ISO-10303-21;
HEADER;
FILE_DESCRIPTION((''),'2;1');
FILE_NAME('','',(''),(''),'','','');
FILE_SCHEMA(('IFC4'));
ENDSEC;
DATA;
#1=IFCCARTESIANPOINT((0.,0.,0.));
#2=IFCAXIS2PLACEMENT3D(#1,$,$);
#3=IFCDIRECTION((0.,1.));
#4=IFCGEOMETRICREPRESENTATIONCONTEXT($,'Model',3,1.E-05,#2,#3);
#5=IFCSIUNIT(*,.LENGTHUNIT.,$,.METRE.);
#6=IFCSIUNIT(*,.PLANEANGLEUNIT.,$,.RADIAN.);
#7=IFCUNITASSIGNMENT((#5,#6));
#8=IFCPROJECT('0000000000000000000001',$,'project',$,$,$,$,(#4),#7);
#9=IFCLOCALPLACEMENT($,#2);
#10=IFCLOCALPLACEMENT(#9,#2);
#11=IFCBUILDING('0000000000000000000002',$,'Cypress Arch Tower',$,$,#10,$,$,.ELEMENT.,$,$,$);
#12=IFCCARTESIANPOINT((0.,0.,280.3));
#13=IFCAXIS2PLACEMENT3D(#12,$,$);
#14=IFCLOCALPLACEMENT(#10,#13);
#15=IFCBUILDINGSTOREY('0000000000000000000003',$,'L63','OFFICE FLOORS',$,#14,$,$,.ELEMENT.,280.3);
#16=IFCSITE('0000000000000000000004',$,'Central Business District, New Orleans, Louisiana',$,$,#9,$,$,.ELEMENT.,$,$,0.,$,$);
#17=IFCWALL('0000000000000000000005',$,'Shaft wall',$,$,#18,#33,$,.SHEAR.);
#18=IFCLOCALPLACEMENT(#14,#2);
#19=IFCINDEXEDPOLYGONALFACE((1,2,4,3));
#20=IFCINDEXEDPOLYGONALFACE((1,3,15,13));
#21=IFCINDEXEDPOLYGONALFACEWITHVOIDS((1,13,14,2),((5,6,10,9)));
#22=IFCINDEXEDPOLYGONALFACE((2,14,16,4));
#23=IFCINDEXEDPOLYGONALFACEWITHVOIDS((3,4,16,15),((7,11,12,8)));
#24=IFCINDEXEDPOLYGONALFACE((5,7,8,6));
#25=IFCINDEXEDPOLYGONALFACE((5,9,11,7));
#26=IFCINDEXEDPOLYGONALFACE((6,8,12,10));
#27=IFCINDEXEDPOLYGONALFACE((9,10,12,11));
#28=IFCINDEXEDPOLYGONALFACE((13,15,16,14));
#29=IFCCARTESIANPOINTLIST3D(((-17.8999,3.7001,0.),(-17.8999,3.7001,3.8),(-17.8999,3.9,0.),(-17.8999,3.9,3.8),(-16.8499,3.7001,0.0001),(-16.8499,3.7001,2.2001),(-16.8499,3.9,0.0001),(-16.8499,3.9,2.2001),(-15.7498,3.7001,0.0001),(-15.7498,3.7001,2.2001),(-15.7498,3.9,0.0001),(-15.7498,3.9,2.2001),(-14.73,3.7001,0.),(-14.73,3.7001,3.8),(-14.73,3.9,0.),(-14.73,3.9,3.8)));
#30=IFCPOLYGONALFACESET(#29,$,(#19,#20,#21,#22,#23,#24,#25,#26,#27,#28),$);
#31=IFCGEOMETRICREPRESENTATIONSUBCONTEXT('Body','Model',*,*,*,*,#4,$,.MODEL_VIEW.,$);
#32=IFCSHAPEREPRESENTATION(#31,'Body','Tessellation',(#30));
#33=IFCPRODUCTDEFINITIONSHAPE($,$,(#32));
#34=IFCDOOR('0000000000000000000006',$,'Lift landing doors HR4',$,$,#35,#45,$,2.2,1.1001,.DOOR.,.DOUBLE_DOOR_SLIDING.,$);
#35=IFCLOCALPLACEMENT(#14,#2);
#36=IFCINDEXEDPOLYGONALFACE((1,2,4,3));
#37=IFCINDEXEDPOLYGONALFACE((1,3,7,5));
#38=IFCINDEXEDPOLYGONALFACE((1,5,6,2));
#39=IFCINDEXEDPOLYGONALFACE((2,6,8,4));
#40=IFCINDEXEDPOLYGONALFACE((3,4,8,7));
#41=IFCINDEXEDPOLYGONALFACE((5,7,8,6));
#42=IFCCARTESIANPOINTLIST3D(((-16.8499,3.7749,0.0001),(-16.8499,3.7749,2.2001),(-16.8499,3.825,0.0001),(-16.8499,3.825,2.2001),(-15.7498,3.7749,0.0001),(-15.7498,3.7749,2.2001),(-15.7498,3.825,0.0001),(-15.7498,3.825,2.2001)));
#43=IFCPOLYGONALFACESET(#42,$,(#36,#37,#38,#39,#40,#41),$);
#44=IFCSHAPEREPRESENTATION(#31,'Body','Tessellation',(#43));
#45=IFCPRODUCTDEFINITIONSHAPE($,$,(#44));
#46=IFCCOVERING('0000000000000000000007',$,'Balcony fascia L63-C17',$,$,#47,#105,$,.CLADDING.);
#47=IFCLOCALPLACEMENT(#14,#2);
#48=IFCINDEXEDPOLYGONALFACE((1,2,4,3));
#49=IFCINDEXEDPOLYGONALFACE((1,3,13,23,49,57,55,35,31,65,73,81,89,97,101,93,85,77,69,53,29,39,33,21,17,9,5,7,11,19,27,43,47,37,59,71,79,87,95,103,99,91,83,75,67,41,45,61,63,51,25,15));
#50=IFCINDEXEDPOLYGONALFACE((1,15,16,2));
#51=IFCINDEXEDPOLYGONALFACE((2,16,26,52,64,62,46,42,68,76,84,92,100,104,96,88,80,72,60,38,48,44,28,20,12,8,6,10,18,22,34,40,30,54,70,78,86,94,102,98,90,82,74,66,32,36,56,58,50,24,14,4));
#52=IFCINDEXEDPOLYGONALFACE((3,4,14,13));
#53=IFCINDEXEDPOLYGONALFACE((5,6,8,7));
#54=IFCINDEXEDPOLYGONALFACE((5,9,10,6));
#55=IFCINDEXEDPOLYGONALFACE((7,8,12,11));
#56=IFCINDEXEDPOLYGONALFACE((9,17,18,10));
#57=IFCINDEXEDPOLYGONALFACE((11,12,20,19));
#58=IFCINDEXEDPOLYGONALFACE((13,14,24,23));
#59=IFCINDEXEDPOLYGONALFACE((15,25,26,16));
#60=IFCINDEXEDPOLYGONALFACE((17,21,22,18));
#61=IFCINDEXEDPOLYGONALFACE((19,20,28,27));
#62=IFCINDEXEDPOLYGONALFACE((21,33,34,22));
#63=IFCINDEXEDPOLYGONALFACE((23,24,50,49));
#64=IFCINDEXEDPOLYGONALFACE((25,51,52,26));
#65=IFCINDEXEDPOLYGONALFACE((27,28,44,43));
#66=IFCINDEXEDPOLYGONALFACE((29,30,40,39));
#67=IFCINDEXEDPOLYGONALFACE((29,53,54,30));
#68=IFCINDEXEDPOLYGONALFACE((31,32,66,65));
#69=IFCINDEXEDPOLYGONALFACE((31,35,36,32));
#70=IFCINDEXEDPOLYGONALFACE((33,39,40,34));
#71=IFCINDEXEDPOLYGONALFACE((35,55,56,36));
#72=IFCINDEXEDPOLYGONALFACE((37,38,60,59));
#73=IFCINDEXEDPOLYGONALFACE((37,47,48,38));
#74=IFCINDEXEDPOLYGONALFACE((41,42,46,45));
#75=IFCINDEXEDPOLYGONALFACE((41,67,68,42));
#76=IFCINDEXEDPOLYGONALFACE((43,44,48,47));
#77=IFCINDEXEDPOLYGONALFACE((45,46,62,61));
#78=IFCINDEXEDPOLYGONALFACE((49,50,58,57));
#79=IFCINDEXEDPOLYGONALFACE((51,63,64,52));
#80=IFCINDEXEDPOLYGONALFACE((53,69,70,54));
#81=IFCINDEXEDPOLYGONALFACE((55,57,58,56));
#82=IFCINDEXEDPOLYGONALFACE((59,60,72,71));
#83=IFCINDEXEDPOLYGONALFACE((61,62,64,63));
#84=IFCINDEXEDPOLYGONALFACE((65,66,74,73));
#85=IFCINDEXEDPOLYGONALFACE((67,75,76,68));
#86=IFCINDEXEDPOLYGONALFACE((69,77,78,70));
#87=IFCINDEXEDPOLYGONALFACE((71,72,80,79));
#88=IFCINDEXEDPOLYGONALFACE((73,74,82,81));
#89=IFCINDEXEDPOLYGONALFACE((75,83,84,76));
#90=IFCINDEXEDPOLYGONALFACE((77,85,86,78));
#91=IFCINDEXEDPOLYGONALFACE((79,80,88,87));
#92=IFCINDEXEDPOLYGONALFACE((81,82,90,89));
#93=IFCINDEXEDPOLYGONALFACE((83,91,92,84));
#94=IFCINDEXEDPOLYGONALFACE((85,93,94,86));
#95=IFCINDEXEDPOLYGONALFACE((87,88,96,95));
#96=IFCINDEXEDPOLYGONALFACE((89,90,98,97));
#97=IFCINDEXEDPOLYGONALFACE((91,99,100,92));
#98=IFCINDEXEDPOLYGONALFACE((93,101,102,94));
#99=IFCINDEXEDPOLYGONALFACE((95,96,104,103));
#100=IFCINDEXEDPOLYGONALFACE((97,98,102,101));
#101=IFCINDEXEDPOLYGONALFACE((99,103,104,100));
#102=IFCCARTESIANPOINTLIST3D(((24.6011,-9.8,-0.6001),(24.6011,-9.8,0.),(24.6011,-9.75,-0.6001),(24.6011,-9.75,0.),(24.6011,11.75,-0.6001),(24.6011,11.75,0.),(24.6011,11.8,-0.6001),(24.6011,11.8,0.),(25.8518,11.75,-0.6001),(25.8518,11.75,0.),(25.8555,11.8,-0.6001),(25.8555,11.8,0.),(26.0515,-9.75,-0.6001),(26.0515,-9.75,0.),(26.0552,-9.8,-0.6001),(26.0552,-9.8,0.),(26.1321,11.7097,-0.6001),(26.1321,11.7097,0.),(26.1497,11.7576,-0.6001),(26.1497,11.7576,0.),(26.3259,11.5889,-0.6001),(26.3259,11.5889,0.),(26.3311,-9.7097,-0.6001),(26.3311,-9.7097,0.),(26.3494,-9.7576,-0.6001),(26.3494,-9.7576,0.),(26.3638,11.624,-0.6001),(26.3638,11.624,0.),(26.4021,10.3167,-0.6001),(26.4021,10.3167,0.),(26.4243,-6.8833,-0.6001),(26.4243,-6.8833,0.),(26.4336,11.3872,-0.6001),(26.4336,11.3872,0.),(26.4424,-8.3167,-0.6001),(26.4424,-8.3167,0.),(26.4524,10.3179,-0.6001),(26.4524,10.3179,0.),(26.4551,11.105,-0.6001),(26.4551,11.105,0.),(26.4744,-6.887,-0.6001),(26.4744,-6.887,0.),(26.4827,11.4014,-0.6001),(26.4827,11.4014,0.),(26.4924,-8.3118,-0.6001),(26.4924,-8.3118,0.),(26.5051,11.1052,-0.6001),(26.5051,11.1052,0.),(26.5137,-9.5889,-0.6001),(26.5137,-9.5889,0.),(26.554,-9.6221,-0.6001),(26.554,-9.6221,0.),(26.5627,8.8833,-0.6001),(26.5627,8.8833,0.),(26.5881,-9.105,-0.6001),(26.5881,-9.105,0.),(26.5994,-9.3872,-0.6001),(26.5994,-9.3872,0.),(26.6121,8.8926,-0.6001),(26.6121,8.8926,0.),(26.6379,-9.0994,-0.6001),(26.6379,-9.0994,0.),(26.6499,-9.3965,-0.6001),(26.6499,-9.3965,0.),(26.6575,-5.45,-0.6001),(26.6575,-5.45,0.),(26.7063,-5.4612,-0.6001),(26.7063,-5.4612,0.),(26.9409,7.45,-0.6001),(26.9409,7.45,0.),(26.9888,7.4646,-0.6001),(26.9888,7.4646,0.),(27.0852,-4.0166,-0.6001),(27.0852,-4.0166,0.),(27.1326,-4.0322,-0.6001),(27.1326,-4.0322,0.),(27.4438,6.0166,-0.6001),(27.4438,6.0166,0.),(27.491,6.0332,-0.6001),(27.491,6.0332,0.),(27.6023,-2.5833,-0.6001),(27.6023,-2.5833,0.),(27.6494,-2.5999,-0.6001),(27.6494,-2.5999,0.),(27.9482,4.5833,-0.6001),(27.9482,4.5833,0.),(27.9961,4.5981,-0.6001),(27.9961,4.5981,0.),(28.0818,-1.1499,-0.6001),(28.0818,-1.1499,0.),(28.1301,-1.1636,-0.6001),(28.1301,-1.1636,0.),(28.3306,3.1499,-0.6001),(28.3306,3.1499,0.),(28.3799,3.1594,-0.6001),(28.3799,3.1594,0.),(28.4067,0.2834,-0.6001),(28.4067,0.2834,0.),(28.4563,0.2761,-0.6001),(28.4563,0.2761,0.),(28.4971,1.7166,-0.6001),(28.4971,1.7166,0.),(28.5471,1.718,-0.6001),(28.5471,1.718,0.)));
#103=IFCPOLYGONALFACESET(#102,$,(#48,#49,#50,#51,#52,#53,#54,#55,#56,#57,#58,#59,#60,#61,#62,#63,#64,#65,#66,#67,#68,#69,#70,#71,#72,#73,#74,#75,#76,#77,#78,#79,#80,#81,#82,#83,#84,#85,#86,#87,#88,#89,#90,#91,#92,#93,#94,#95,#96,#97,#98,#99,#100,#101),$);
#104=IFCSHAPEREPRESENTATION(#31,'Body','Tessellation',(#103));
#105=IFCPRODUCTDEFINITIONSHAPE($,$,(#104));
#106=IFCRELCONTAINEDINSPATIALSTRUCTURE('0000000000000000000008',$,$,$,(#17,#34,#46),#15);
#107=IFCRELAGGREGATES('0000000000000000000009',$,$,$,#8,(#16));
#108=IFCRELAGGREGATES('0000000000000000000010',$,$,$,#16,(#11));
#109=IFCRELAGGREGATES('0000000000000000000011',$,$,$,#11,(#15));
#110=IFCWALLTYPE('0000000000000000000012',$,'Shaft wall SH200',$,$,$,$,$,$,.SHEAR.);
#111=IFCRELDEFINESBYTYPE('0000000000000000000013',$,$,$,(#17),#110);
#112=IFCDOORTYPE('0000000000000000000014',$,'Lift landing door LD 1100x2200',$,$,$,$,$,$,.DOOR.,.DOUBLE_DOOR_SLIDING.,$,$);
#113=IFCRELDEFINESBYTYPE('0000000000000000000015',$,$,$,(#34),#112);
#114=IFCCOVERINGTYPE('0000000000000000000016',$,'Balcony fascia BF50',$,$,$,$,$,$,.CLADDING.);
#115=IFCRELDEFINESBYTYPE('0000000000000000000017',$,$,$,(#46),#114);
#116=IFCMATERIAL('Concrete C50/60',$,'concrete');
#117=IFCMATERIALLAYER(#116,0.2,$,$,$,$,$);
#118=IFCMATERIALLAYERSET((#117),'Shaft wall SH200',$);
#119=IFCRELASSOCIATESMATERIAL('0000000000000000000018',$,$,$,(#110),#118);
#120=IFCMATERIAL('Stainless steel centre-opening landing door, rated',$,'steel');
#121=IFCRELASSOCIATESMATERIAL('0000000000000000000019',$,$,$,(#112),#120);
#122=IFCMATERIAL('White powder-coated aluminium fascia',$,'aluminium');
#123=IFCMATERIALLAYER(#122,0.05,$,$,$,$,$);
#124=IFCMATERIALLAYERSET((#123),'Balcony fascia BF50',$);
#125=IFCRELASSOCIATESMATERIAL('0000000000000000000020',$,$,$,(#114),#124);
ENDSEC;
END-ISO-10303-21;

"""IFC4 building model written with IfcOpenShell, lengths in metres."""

from ifc_helpers import new_model, si_unit, direction, frame, frame_2d, origin, place, context, subcontext, project, spatial, polyline, rectangle, outline, extrude, material, layer, layer_set, type_object, element, fill, save


model = new_model("IFC4")

# Units and contexts
model_context = context("Model", 3, precision=1e-05, world=origin(), true_north=direction((0.0, 1.0)))
body_context = subcontext(model_context, "Body", "Model", "MODEL_VIEW")
ifc_project = project(units=[si_unit("LENGTHUNIT", "METRE"), si_unit("PLANEANGLEUNIT", "RADIAN")], contexts=[model_context])

# Site, building, storey
site_placement = place(None, origin())
site = spatial("IfcSite", under=ifc_project, at=site_placement, Name="Central Business District, New Orleans, Louisiana", CompositionType="ELEMENT", RefElevation=0.0)
building_placement = place(site_placement, origin())
building = spatial("IfcBuilding", under=site, at=building_placement, Name="Cypress Arch Tower", CompositionType="ELEMENT")
storey_placement = place(building_placement, frame((0.0, 0.0, 280.3)))
storey = spatial("IfcBuildingStorey", under=building, at=storey_placement, Name="L63", Description="OFFICE FLOORS", CompositionType="ELEMENT", Elevation=280.3)

# Wall, opening, door
ifc_material_1 = material(Name="Concrete C50/60", Category="concrete")
ifc_layer_1 = layer(ifc_material_1, 0.2)
ifc_layer_set_1 = layer_set([ifc_layer_1], Name="Shaft wall SH200")
wall_type_1 = type_object("IfcWallType", Name="Shaft wall SH200", PredefinedType="SHEAR", material=ifc_layer_set_1)
wall_1_placement = place(storey_placement, frame((-17.8999, 3.8, 0.0), z_axis=(0.0, 0.0, 1.0), x_axis=(1.0, 0.0, 0.0)))
wall_1 = element("IfcWall", 1, at=wall_1_placement, inside=storey, type_object=wall_type_1, Name="Shaft wall", PredefinedType="SHEAR", context=body_context, shape_type="SweptSolid", body=[
    extrude(rectangle(XDim=3.1699, YDim=0.2, at=frame_2d((1.585, 0.0))), origin(), (0.0, 0.0, 1.0), 3.8),
])
opening_placement = place(wall_1_placement, frame((1.05, 0.0, 0.0)))
opening = element("IfcOpeningElement", 2, at=opening_placement, cuts=wall_1, PredefinedType="OPENING", context=body_context, shape_type="SweptSolid", body=[
    extrude(rectangle(XDim=1.1001, YDim=2.2, at=frame_2d((0.55, 1.1001))), frame((0.0, 0.1099, 0.0), z_axis=(0.0, -1.0, 0.0), x_axis=(1.0, 0.0, 0.0)), (0.0, 0.0, 1.0), 0.22),
])
ifc_material_2 = material(Name="Stainless steel centre-opening landing door, rated", Category="steel")
door_type = type_object("IfcDoorType", Name="Lift landing door LD 1100x2200", OperationType="DOUBLE_DOOR_SLIDING", PredefinedType="DOOR", material=ifc_material_2)
door_placement = place(opening_placement, origin())
door = element("IfcDoor", 3, at=door_placement, inside=storey, type_object=door_type, Name="Lift landing doors HR4", OperationType="DOUBLE_DOOR_SLIDING", OverallHeight=2.2, OverallWidth=1.1001, PredefinedType="DOOR", context=body_context, shape_type="SweptSolid", body=[
    extrude(rectangle(XDim=1.1001, YDim=2.2, at=frame_2d((0.55, 1.1001))), frame((0.0, 0.0249, 0.0), z_axis=(0.0, -1.0, 0.0), x_axis=(1.0, 0.0, 0.0)), (0.0, 0.0, 1.0), 0.05),
])
fill(opening, door)

# Covering
ifc_material_3 = material(Name="White powder-coated aluminium fascia", Category="aluminium")
ifc_layer_2 = layer(ifc_material_3, 0.05)
ifc_layer_set_2 = layer_set([ifc_layer_2], Name="Balcony fascia BF50")
covering_type = type_object("IfcCoveringType", Name="Balcony fascia BF50", PredefinedType="CLADDING", material=ifc_layer_set_2)
covering_placement = place(storey_placement, frame((0.0, 0.0, -0.6001)))
element("IfcCovering", 4, at=covering_placement, inside=storey, type_object=covering_type, Name="Balcony fascia L63-C17", PredefinedType="CLADDING", context=body_context, shape_type="SweptSolid", body=[
    extrude(outline(polyline([(25.8555, 11.8), (26.1497, 11.7576), (26.3638, 11.624), (26.4827, 11.4014), (26.5051, 11.1052), (26.4524, 10.3179), (26.6121, 8.8926), (26.9888, 7.4646), (27.491, 6.0332), (27.9961, 4.5981), (28.3799, 3.1594), (28.5471, 1.718), (28.4563, 0.2761), (28.1301, -1.1636), (27.6494, -2.5999), (27.1326, -4.0322), (26.7063, -5.4612), (26.4744, -6.887), (26.4924, -8.3118), (26.6379, -9.0994), (26.6499, -9.3965), (26.554, -9.6221), (26.3494, -9.7576), (26.0552, -9.8), (24.6011, -9.8), (24.6011, -9.75), (26.0515, -9.75), (26.3311, -9.7097), (26.5137, -9.5889), (26.5994, -9.3872), (26.5881, -9.105), (26.4424, -8.3167), (26.4243, -6.8833), (26.6575, -5.45), (27.0852, -4.0166), (27.6023, -2.5833), (28.0818, -1.1499), (28.4067, 0.2834), (28.4971, 1.7166), (28.3306, 3.1499), (27.9482, 4.5833), (27.4438, 6.0166), (26.9409, 7.45), (26.5627, 8.8833), (26.4021, 10.3167), (26.4551, 11.105), (26.4336, 11.3872), (26.3259, 11.5889), (26.1321, 11.7097), (25.8518, 11.75), (24.6011, 11.75), (24.6011, 11.8), (25.8555, 11.8)])), origin(), (0.0, 0.0, 1.0), 0.6001),
])

save(model, "model.ifc")
